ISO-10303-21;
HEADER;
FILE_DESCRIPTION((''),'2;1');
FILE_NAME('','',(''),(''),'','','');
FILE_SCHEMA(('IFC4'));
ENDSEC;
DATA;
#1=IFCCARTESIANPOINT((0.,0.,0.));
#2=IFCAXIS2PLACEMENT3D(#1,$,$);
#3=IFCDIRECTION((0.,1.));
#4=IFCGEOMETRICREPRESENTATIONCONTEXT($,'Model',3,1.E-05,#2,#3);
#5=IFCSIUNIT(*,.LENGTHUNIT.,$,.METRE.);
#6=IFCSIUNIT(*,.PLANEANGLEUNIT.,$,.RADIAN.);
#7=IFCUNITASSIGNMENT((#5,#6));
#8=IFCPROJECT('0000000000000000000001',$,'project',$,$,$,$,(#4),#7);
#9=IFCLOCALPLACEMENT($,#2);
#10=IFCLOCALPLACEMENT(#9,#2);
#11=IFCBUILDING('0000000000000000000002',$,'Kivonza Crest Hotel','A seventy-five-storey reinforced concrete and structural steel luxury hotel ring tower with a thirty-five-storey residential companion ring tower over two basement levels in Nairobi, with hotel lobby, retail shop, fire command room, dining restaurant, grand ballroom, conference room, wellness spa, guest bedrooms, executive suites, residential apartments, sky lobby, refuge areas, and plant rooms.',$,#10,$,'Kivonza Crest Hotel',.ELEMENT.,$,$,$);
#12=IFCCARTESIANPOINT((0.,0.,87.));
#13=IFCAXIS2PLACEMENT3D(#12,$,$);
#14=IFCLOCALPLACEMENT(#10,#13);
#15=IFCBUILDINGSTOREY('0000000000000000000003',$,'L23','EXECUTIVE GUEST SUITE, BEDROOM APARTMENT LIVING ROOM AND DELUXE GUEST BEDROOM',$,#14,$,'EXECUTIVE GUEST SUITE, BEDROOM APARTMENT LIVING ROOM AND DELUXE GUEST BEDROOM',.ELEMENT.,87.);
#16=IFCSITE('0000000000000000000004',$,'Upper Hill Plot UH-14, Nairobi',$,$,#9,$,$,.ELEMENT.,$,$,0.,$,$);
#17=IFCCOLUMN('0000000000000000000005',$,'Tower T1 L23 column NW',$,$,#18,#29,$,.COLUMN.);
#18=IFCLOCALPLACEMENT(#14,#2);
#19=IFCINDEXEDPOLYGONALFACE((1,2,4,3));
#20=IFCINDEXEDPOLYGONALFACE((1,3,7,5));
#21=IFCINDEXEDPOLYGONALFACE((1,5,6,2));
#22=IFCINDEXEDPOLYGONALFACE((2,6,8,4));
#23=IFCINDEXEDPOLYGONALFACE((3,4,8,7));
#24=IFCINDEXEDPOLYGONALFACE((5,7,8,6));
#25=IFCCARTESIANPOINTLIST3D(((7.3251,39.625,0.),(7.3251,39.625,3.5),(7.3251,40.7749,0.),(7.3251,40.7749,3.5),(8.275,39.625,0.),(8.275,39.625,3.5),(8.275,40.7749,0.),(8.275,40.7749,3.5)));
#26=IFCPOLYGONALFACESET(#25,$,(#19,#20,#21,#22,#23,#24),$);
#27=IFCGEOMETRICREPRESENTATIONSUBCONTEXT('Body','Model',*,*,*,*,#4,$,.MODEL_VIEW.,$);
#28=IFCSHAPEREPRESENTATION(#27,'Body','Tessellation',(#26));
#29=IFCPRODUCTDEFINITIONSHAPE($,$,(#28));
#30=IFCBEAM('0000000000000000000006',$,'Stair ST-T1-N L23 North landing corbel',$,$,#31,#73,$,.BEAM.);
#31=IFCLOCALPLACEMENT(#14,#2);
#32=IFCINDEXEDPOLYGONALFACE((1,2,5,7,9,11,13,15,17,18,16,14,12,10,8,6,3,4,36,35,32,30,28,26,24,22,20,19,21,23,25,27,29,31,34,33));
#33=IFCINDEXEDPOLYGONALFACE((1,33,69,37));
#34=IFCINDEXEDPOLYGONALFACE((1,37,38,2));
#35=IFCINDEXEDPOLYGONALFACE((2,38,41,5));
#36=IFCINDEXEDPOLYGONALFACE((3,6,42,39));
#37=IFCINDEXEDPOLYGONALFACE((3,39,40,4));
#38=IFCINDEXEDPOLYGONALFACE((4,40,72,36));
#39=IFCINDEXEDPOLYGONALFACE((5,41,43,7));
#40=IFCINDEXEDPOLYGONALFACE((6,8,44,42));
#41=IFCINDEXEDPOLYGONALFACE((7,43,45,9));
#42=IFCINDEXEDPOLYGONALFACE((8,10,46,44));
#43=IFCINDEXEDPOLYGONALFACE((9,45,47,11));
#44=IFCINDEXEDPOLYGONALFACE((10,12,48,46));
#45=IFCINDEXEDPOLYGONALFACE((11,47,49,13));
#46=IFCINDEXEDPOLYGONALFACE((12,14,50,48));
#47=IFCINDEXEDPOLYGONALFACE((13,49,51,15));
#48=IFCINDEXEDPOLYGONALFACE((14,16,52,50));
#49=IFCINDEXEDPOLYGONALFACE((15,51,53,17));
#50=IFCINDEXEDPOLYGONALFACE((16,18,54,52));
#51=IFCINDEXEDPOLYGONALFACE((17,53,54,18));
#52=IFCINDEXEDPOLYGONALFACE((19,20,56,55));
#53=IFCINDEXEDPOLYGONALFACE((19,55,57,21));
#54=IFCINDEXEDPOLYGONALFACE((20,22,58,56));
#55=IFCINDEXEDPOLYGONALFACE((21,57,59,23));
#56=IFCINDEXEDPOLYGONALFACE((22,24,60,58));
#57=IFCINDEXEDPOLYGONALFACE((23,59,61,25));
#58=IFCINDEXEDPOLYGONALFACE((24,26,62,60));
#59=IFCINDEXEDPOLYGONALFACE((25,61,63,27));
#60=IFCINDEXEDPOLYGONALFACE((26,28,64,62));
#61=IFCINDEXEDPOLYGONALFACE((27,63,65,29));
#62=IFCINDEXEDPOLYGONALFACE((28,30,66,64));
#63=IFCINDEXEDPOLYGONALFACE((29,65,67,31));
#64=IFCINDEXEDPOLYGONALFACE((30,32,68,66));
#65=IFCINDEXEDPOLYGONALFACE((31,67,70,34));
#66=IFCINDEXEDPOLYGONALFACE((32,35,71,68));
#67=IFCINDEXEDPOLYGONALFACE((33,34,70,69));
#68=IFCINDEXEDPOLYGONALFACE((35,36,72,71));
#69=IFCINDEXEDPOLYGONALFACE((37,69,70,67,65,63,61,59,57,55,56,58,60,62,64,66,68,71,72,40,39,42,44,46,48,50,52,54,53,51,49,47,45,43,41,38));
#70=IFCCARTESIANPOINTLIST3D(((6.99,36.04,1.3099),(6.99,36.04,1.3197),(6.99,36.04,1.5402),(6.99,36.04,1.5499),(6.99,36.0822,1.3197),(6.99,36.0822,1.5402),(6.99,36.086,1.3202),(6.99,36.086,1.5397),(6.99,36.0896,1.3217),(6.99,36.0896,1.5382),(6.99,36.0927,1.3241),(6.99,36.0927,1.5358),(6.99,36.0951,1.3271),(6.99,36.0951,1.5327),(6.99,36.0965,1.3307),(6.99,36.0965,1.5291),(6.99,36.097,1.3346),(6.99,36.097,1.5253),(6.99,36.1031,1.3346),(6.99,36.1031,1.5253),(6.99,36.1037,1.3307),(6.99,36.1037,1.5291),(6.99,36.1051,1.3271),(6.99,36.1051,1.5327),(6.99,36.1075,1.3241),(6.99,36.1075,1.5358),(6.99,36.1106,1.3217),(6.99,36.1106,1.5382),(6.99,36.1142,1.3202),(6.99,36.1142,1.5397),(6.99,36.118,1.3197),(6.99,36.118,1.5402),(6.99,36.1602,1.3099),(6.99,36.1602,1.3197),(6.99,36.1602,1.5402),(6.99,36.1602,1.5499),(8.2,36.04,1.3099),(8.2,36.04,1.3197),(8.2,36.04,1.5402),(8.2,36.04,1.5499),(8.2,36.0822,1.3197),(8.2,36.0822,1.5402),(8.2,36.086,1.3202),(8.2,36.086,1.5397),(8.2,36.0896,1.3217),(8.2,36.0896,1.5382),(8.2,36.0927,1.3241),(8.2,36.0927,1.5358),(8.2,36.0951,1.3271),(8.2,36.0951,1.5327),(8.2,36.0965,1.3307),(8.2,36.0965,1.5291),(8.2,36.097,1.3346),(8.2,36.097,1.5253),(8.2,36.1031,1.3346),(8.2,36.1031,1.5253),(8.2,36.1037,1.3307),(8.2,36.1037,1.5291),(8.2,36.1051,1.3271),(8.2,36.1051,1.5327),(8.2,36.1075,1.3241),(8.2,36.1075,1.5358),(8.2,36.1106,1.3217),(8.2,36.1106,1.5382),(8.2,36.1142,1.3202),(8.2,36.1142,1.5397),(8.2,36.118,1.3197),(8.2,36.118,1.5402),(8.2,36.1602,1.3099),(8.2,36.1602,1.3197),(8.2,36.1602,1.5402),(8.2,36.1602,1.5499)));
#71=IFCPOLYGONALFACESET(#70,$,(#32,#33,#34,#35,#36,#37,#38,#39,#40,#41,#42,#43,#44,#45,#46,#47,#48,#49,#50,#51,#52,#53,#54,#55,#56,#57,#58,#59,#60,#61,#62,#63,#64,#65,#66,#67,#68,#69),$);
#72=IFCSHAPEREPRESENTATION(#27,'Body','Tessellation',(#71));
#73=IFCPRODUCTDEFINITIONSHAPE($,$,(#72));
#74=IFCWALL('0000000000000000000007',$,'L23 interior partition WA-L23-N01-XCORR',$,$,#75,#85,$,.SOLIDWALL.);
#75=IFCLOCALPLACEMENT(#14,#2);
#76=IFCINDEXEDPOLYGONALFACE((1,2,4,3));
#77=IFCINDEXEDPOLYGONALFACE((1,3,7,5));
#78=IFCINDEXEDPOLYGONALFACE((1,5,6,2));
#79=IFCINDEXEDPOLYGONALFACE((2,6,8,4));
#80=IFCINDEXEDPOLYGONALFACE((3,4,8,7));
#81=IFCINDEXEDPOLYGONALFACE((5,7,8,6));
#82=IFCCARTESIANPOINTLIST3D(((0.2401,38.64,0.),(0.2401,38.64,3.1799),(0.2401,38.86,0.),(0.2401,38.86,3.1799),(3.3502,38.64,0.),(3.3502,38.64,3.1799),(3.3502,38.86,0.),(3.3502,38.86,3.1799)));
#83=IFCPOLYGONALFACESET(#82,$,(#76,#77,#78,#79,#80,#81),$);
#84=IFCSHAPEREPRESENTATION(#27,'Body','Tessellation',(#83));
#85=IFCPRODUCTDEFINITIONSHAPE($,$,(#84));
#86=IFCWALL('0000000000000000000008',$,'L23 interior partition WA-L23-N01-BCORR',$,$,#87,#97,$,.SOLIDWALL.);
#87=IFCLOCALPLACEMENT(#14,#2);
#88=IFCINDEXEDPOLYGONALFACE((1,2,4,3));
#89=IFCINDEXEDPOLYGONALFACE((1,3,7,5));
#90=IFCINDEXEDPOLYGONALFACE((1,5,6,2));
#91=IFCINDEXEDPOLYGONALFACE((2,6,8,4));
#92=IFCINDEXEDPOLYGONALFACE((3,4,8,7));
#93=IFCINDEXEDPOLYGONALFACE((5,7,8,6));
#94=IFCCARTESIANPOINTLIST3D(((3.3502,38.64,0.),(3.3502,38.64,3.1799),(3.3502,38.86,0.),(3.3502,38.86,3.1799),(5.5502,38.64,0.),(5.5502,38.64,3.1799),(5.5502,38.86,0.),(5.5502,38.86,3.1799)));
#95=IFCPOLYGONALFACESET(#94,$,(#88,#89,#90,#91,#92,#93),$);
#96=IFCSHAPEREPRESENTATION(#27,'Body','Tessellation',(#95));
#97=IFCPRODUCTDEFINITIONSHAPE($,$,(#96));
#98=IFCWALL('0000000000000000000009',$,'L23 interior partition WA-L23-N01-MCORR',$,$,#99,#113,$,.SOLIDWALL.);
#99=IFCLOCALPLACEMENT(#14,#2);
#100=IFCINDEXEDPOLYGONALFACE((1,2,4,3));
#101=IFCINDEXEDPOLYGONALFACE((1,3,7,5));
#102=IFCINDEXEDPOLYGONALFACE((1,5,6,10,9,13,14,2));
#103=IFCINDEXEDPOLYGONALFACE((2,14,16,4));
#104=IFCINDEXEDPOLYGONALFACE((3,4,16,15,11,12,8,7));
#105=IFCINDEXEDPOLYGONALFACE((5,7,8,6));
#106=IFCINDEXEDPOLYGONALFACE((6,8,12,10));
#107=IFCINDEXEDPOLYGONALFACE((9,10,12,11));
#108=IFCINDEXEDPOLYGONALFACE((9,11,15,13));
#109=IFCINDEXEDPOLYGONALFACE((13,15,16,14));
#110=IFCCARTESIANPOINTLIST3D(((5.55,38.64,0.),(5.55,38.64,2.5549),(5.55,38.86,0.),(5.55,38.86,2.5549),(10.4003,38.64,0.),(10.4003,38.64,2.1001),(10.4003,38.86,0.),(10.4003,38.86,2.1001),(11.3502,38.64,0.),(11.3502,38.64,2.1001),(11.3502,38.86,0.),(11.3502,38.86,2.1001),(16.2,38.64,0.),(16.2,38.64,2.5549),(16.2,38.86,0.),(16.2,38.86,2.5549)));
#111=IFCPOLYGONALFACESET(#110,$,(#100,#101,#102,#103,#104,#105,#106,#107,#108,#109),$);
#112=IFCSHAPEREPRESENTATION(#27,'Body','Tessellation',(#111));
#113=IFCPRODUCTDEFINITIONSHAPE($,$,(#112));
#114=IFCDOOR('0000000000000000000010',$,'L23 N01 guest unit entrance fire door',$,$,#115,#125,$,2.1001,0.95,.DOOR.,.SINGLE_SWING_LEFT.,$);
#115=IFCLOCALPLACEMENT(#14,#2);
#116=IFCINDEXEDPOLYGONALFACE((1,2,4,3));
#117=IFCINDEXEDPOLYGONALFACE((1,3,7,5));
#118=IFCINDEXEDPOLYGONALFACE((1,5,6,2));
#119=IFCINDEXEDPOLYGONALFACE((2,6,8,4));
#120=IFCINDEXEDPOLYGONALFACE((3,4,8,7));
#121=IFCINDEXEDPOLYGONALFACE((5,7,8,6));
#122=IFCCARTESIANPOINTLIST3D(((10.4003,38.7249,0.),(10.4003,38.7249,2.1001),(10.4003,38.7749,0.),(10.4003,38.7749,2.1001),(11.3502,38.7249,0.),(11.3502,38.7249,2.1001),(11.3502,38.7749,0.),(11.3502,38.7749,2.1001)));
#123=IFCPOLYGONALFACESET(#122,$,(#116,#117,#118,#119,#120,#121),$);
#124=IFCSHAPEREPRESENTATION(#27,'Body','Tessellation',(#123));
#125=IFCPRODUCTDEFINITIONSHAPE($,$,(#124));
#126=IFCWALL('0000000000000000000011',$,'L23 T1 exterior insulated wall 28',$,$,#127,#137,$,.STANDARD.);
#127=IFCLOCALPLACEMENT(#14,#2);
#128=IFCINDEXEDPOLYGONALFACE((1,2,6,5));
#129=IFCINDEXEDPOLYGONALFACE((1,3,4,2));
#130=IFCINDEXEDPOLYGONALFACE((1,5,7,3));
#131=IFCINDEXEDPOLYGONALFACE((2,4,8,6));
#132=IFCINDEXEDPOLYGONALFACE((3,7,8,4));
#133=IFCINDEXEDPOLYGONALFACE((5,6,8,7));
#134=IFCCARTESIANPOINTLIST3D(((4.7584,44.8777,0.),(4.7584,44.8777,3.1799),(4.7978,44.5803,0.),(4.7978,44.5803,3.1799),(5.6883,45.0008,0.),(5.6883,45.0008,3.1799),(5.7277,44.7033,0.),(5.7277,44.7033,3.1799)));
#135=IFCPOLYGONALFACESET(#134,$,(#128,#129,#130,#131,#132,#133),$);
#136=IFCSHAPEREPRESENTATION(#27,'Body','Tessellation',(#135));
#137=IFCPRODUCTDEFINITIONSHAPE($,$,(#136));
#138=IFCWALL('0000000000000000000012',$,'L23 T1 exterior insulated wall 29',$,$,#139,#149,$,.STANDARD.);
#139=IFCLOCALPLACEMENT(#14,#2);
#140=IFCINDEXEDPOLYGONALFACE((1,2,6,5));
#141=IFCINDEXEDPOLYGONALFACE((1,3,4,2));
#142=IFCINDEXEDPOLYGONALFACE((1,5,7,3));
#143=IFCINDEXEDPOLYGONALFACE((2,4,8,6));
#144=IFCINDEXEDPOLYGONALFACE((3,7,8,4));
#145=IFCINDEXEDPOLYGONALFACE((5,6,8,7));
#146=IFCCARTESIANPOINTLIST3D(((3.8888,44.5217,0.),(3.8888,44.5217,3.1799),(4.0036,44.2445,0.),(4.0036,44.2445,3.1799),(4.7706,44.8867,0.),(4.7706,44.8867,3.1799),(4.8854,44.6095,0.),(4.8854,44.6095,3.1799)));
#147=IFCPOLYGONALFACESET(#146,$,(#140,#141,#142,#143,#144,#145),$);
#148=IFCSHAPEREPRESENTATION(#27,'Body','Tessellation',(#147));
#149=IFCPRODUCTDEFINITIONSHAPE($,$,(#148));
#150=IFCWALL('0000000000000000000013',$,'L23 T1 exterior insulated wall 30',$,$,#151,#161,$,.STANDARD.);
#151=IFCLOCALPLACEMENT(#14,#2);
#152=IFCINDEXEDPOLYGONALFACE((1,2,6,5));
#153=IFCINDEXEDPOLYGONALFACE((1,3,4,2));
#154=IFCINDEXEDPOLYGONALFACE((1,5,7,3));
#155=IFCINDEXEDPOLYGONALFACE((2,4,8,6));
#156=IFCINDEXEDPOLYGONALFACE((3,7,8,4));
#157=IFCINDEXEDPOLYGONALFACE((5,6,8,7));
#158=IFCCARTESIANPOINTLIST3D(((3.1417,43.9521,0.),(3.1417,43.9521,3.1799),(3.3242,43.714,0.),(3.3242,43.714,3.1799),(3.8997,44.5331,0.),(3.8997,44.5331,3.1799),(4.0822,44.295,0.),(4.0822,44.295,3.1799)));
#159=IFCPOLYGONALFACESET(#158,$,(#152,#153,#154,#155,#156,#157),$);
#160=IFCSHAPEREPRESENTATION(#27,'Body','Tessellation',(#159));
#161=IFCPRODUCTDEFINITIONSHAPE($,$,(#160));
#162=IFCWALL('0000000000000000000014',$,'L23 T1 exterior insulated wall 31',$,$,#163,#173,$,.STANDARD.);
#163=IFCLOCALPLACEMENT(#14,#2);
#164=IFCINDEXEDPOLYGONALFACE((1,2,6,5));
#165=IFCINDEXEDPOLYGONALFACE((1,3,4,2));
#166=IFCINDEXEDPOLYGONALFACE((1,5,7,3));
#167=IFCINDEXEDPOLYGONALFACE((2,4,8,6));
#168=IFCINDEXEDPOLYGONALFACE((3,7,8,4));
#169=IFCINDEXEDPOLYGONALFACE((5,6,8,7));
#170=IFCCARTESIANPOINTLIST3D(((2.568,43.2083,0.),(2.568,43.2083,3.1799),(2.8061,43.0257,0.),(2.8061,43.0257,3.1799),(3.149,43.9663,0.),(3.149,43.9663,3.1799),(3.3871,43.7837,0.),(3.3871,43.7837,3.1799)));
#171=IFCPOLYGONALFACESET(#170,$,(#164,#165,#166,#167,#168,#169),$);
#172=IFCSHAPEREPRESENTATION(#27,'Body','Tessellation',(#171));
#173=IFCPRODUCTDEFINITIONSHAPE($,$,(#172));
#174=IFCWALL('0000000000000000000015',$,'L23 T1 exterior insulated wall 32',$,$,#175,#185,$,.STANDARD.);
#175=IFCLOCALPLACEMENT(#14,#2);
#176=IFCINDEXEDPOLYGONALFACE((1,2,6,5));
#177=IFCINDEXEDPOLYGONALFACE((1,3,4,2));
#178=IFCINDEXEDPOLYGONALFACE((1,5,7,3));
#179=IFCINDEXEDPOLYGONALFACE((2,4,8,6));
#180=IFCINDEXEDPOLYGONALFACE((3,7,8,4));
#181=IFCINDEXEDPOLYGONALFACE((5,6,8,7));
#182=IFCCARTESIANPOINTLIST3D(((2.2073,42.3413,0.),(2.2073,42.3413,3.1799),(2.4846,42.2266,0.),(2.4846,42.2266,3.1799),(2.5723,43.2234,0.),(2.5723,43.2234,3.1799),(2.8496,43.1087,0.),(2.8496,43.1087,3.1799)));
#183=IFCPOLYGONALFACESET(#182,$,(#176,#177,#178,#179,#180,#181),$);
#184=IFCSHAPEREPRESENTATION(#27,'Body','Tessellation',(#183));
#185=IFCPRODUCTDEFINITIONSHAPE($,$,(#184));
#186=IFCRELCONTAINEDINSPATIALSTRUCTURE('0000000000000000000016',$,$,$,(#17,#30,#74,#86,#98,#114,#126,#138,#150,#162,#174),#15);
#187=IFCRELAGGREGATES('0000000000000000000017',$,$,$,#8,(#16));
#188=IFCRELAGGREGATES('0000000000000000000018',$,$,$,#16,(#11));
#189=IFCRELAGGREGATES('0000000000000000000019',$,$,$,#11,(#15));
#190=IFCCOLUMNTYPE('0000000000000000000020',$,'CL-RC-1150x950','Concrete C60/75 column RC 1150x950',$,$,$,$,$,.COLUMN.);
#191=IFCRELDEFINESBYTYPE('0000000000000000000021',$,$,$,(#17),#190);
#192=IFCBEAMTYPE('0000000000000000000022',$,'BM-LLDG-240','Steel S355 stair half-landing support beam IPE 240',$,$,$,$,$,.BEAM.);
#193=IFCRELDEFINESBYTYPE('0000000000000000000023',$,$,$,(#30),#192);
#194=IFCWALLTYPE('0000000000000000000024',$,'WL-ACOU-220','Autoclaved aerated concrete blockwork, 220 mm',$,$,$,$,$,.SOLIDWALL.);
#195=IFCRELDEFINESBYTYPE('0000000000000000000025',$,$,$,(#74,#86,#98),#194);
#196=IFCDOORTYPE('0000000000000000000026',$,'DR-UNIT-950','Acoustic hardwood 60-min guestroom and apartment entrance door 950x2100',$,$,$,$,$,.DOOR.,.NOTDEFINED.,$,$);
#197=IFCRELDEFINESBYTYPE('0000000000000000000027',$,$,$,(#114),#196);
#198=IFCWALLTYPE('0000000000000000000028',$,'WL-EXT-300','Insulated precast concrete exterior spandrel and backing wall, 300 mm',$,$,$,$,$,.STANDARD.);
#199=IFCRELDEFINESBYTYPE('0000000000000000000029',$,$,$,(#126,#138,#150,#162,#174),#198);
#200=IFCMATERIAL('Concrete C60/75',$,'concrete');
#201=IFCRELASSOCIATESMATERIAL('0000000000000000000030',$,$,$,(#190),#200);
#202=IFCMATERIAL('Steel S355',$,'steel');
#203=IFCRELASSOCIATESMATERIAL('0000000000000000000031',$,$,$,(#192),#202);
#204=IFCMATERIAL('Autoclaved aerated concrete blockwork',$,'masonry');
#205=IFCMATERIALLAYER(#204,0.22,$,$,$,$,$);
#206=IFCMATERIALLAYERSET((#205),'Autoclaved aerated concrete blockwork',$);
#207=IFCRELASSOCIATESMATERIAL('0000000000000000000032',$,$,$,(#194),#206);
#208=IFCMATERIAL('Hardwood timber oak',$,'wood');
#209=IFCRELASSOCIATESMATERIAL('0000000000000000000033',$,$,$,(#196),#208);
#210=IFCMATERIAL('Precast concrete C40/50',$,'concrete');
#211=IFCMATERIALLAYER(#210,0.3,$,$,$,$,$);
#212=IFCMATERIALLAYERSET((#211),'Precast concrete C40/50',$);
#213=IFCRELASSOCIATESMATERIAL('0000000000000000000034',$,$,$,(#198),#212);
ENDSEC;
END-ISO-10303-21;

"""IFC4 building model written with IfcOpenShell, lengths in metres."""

from ifc_helpers import new_model, si_unit, direction, frame, frame_2d, origin, origin_2d, place, context, subcontext, project, spatial, rectangle, i_section, extrude, material, layer, layer_set, material_profile, profile_set, type_object, element, fill, save


model = new_model("IFC4")

# Units and contexts
model_context = context("Model", 3, precision=1e-05, world=origin(), true_north=direction((0.0, 1.0)))
body_context = subcontext(model_context, "Body", "Model", "MODEL_VIEW")
ifc_project = project(units=[si_unit("LENGTHUNIT", "METRE"), si_unit("PLANEANGLEUNIT", "RADIAN")], contexts=[model_context])

# Site, building, storey
site_placement = place(None, origin())
site = spatial("IfcSite", under=ifc_project, at=site_placement, Name="Upper Hill Plot UH-14, Nairobi", CompositionType="ELEMENT", RefElevation=0.0)
building_placement = place(site_placement, origin())
building = spatial("IfcBuilding", under=site, at=building_placement, Name="Kivonza Crest Hotel", Description="A seventy-five-storey reinforced concrete and structural steel luxury hotel ring tower with a thirty-five-storey residential companion ring tower over two basement levels in Nairobi, with hotel lobby, retail shop, fire command room, dining restaurant, grand ballroom, conference room, wellness spa, guest bedrooms, executive suites, residential apartments, sky lobby, refuge areas, and plant rooms.", LongName="Kivonza Crest Hotel", CompositionType="ELEMENT")
storey_placement = place(building_placement, frame((0.0, 0.0, 87.0)))
storey = spatial("IfcBuildingStorey", under=building, at=storey_placement, Name="L23", Description="EXECUTIVE GUEST SUITE, BEDROOM APARTMENT LIVING ROOM AND DELUXE GUEST BEDROOM", LongName="EXECUTIVE GUEST SUITE, BEDROOM APARTMENT LIVING ROOM AND DELUXE GUEST BEDROOM", CompositionType="ELEMENT", Elevation=87.0)

# Column
ifc_material_1 = material(Name="Concrete C60/75", Category="concrete")
ifc_material_profile_1 = material_profile(ifc_material_1, rectangle(XDim=0.95, YDim=1.1499, at=origin_2d()), Name="RC 1150x950")
ifc_profile_set_1 = profile_set([ifc_material_profile_1], Name="Concrete C60/75")
column_type = type_object("IfcColumnType", Name="CL-RC-1150x950", Description="Concrete C60/75 column RC 1150x950", PredefinedType="COLUMN", material=ifc_profile_set_1)
column_placement = place(storey_placement, frame((7.8, 40.2, 0.0), z_axis=(0.0, 0.0, 1.0), x_axis=(1.0, 0.0, 0.0)))
element("IfcColumn", 1, at=column_placement, inside=storey, type_object=column_type, Name="Tower T1 L23 column NW", PredefinedType="COLUMN", context=body_context, shape_type="SweptSolid", body=[
    extrude(rectangle(XDim=0.95, YDim=1.1499, at=origin_2d()), origin(), (0.0, 0.0, 1.0), 3.5),
])

# Beam
ifc_material_2 = material(Name="Steel S355", Category="steel")
ifc_material_profile_2 = material_profile(ifc_material_2, i_section(OverallWidth=0.1201, OverallDepth=0.24, WebThickness=0.0061, FlangeThickness=0.0098, FilletRadius=0.0149, at=origin_2d()), Name="IPE 240")
ifc_profile_set_2 = profile_set([ifc_material_profile_2], Name="Steel S355")
beam_type = type_object("IfcBeamType", Name="BM-LLDG-240", Description="Steel S355 stair half-landing support beam IPE 240", PredefinedType="BEAM", material=ifc_profile_set_2)
beam_placement = place(storey_placement, frame((6.99, 36.1001, 1.4299), z_axis=(1.0, 0.0, 0.0), x_axis=(0.0, 1.0, 0.0)))
element("IfcBeam", 2, at=beam_placement, inside=storey, type_object=beam_type, Name="Stair ST-T1-N L23 North landing corbel", PredefinedType="BEAM", context=body_context, shape_type="SweptSolid", body=[
    extrude(i_section(OverallWidth=0.1201, OverallDepth=0.24, WebThickness=0.0061, FlangeThickness=0.0098, FilletRadius=0.0149, at=origin_2d()), origin(), (0.0, 0.0, 1.0), 1.21),
])

# Walls
ifc_material_3 = material(Name="Autoclaved aerated concrete blockwork", Category="masonry")
ifc_layer_1 = layer(ifc_material_3, 0.22)
ifc_layer_set_1 = layer_set([ifc_layer_1], Name="Autoclaved aerated concrete blockwork")
wall_type_1 = type_object("IfcWallType", Name="WL-ACOU-220", Description="Autoclaved aerated concrete blockwork, 220 mm", PredefinedType="SOLIDWALL", material=ifc_layer_set_1)
wall_1_placement = place(storey_placement, frame((0.24, 38.75, 0.0), z_axis=(0.0, 0.0, 1.0), x_axis=(1.0, 0.0, 0.0)))
element("IfcWall", 3, at=wall_1_placement, inside=storey, type_object=wall_type_1, Name="L23 interior partition WA-L23-N01-XCORR", PredefinedType="SOLIDWALL", context=body_context, shape_type="SweptSolid", body=[
    extrude(rectangle(XDim=3.1101, YDim=0.22, at=frame_2d((1.5552, 0.0))), origin(), (0.0, 0.0, 1.0), 3.1799),
])
wall_2_placement = place(storey_placement, frame((3.3501, 38.75, 0.0), z_axis=(0.0, 0.0, 1.0), x_axis=(1.0, 0.0, 0.0)))
element("IfcWall", 4, at=wall_2_placement, inside=storey, type_object=wall_type_1, Name="L23 interior partition WA-L23-N01-BCORR", PredefinedType="SOLIDWALL", context=body_context, shape_type="SweptSolid", body=[
    extrude(rectangle(XDim=2.2, YDim=0.22, at=frame_2d((1.1001, 0.0))), origin(), (0.0, 0.0, 1.0), 3.1799),
])

# Wall, opening, door
wall_3_placement = place(storey_placement, frame((5.55, 38.75, 0.0), z_axis=(0.0, 0.0, 1.0), x_axis=(1.0, 0.0, 0.0)))
wall_3 = element("IfcWall", 5, at=wall_3_placement, inside=storey, type_object=wall_type_1, Name="L23 interior partition WA-L23-N01-MCORR", PredefinedType="SOLIDWALL", context=body_context, shape_type="SweptSolid", body=[
    extrude(rectangle(XDim=10.6499, YDim=0.22, at=frame_2d((5.325, 0.0))), origin(), (0.0, 0.0, 1.0), 2.5549),
])
opening_1_placement = place(wall_3_placement, frame((4.8501, 0.0, 0.0)))
opening_1 = element("IfcOpeningElement", 6, at=opening_1_placement, cuts=wall_3, PredefinedType="OPENING", context=body_context, shape_type="SweptSolid", body=[
    extrude(rectangle(XDim=0.95, YDim=2.1001, at=frame_2d((0.4751, 1.05))), frame((0.0, 0.1201, 0.0), z_axis=(0.0, -1.0, 0.0), x_axis=(1.0, 0.0, 0.0)), (0.0, 0.0, 1.0), 0.24),
])
ifc_material_4 = material(Name="Hardwood timber oak", Category="wood")
door_type_1 = type_object("IfcDoorType", Name="DR-UNIT-950", Description="Acoustic hardwood 60-min guestroom and apartment entrance door 950x2100", OperationType="NOTDEFINED", PredefinedType="DOOR", material=ifc_material_4)
door_1_placement = place(opening_1_placement, origin())
door_1 = element("IfcDoor", 7, at=door_1_placement, inside=storey, type_object=door_type_1, Name="L23 N01 guest unit entrance fire door", OperationType="SINGLE_SWING_LEFT", OverallHeight=2.1001, OverallWidth=0.95, PredefinedType="DOOR", context=body_context, shape_type="SweptSolid", body=[
    extrude(rectangle(XDim=0.95, YDim=2.1001, at=frame_2d((0.4751, 1.05))), frame((0.0, 0.0249, 0.0), z_axis=(0.0, -1.0, 0.0), x_axis=(1.0, 0.0, 0.0)), (0.0, 0.0, 1.0), 0.05),
])
fill(opening_1, door_1)

# Walls
ifc_material_5 = material(Name="Precast concrete C40/50", Category="concrete")
ifc_layer_2 = layer(ifc_material_5, 0.3)
ifc_layer_set_2 = layer_set([ifc_layer_2], Name="Precast concrete C40/50")
wall_type_2 = type_object("IfcWallType", Name="WL-EXT-300", Description="Insulated precast concrete exterior spandrel and backing wall, 300 mm", PredefinedType="STANDARD", material=ifc_layer_set_2)
wall_4_placement = place(storey_placement, frame((5.708, 44.8521, 0.0), z_axis=(0.0, 0.0, 1.0), x_axis=(-0.991359, -0.131175, 0.0)))
element("IfcWall", 8, at=wall_4_placement, inside=storey, type_object=wall_type_2, Name="L23 T1 exterior insulated wall 28", PredefinedType="STANDARD", context=body_context, shape_type="SweptSolid", body=[
    extrude(rectangle(XDim=0.938, YDim=0.3, at=frame_2d((0.469, 0.0))), origin(), (0.0, 0.0, 1.0), 3.1799),
])
wall_5_placement = place(storey_placement, frame((4.8279, 44.748, 0.0), z_axis=(0.0, 0.0, 1.0), x_axis=(-0.923983, -0.382435, 0.0)))
element("IfcWall", 9, at=wall_5_placement, inside=storey, type_object=wall_type_2, Name="L23 T1 exterior insulated wall 29", PredefinedType="STANDARD", context=body_context, shape_type="SweptSolid", body=[
    extrude(rectangle(XDim=0.9543, YDim=0.3, at=frame_2d((0.4771, 0.0))), origin(), (0.0, 0.0, 1.0), 3.1799),
])
for number, where, z_axis, x_axis, name in (
    (10, (3.991, 44.4141, 0.0), (0.0, 0.0, 1.0), (-0.793668, -0.608351, 0.0), "L23 T1 exterior insulated wall 30"),
    (11, (3.2681, 43.875, 0.0), (0.0, 0.0, 1.0), (-0.608351, -0.793668, 0.0), "L23 T1 exterior insulated wall 31"),
):
    element("IfcWall", number, at=place(storey_placement, frame(where, z_axis=z_axis, x_axis=x_axis)), inside=storey, type_object=wall_type_2, Name=name, PredefinedType="STANDARD", context=body_context, shape_type="SweptSolid", body=[
        extrude(rectangle(XDim=0.9551, YDim=0.3, at=frame_2d((0.4775, 0.0))), origin(), (0.0, 0.0, 1.0), 3.1799),
    ])
wall_6_placement = place(storey_placement, frame((2.7109, 43.166, 0.0), z_axis=(0.0, 0.0, 1.0), x_axis=(-0.382344, -0.92402, 0.0)))
element("IfcWall", 12, at=wall_6_placement, inside=storey, type_object=wall_type_2, Name="L23 T1 exterior insulated wall 32", PredefinedType="STANDARD", context=body_context, shape_type="SweptSolid", body=[
    extrude(rectangle(XDim=0.9546, YDim=0.3, at=frame_2d((0.4773, 0.0))), origin(), (0.0, 0.0, 1.0), 3.1799),
])

save(model, "model.ifc")
